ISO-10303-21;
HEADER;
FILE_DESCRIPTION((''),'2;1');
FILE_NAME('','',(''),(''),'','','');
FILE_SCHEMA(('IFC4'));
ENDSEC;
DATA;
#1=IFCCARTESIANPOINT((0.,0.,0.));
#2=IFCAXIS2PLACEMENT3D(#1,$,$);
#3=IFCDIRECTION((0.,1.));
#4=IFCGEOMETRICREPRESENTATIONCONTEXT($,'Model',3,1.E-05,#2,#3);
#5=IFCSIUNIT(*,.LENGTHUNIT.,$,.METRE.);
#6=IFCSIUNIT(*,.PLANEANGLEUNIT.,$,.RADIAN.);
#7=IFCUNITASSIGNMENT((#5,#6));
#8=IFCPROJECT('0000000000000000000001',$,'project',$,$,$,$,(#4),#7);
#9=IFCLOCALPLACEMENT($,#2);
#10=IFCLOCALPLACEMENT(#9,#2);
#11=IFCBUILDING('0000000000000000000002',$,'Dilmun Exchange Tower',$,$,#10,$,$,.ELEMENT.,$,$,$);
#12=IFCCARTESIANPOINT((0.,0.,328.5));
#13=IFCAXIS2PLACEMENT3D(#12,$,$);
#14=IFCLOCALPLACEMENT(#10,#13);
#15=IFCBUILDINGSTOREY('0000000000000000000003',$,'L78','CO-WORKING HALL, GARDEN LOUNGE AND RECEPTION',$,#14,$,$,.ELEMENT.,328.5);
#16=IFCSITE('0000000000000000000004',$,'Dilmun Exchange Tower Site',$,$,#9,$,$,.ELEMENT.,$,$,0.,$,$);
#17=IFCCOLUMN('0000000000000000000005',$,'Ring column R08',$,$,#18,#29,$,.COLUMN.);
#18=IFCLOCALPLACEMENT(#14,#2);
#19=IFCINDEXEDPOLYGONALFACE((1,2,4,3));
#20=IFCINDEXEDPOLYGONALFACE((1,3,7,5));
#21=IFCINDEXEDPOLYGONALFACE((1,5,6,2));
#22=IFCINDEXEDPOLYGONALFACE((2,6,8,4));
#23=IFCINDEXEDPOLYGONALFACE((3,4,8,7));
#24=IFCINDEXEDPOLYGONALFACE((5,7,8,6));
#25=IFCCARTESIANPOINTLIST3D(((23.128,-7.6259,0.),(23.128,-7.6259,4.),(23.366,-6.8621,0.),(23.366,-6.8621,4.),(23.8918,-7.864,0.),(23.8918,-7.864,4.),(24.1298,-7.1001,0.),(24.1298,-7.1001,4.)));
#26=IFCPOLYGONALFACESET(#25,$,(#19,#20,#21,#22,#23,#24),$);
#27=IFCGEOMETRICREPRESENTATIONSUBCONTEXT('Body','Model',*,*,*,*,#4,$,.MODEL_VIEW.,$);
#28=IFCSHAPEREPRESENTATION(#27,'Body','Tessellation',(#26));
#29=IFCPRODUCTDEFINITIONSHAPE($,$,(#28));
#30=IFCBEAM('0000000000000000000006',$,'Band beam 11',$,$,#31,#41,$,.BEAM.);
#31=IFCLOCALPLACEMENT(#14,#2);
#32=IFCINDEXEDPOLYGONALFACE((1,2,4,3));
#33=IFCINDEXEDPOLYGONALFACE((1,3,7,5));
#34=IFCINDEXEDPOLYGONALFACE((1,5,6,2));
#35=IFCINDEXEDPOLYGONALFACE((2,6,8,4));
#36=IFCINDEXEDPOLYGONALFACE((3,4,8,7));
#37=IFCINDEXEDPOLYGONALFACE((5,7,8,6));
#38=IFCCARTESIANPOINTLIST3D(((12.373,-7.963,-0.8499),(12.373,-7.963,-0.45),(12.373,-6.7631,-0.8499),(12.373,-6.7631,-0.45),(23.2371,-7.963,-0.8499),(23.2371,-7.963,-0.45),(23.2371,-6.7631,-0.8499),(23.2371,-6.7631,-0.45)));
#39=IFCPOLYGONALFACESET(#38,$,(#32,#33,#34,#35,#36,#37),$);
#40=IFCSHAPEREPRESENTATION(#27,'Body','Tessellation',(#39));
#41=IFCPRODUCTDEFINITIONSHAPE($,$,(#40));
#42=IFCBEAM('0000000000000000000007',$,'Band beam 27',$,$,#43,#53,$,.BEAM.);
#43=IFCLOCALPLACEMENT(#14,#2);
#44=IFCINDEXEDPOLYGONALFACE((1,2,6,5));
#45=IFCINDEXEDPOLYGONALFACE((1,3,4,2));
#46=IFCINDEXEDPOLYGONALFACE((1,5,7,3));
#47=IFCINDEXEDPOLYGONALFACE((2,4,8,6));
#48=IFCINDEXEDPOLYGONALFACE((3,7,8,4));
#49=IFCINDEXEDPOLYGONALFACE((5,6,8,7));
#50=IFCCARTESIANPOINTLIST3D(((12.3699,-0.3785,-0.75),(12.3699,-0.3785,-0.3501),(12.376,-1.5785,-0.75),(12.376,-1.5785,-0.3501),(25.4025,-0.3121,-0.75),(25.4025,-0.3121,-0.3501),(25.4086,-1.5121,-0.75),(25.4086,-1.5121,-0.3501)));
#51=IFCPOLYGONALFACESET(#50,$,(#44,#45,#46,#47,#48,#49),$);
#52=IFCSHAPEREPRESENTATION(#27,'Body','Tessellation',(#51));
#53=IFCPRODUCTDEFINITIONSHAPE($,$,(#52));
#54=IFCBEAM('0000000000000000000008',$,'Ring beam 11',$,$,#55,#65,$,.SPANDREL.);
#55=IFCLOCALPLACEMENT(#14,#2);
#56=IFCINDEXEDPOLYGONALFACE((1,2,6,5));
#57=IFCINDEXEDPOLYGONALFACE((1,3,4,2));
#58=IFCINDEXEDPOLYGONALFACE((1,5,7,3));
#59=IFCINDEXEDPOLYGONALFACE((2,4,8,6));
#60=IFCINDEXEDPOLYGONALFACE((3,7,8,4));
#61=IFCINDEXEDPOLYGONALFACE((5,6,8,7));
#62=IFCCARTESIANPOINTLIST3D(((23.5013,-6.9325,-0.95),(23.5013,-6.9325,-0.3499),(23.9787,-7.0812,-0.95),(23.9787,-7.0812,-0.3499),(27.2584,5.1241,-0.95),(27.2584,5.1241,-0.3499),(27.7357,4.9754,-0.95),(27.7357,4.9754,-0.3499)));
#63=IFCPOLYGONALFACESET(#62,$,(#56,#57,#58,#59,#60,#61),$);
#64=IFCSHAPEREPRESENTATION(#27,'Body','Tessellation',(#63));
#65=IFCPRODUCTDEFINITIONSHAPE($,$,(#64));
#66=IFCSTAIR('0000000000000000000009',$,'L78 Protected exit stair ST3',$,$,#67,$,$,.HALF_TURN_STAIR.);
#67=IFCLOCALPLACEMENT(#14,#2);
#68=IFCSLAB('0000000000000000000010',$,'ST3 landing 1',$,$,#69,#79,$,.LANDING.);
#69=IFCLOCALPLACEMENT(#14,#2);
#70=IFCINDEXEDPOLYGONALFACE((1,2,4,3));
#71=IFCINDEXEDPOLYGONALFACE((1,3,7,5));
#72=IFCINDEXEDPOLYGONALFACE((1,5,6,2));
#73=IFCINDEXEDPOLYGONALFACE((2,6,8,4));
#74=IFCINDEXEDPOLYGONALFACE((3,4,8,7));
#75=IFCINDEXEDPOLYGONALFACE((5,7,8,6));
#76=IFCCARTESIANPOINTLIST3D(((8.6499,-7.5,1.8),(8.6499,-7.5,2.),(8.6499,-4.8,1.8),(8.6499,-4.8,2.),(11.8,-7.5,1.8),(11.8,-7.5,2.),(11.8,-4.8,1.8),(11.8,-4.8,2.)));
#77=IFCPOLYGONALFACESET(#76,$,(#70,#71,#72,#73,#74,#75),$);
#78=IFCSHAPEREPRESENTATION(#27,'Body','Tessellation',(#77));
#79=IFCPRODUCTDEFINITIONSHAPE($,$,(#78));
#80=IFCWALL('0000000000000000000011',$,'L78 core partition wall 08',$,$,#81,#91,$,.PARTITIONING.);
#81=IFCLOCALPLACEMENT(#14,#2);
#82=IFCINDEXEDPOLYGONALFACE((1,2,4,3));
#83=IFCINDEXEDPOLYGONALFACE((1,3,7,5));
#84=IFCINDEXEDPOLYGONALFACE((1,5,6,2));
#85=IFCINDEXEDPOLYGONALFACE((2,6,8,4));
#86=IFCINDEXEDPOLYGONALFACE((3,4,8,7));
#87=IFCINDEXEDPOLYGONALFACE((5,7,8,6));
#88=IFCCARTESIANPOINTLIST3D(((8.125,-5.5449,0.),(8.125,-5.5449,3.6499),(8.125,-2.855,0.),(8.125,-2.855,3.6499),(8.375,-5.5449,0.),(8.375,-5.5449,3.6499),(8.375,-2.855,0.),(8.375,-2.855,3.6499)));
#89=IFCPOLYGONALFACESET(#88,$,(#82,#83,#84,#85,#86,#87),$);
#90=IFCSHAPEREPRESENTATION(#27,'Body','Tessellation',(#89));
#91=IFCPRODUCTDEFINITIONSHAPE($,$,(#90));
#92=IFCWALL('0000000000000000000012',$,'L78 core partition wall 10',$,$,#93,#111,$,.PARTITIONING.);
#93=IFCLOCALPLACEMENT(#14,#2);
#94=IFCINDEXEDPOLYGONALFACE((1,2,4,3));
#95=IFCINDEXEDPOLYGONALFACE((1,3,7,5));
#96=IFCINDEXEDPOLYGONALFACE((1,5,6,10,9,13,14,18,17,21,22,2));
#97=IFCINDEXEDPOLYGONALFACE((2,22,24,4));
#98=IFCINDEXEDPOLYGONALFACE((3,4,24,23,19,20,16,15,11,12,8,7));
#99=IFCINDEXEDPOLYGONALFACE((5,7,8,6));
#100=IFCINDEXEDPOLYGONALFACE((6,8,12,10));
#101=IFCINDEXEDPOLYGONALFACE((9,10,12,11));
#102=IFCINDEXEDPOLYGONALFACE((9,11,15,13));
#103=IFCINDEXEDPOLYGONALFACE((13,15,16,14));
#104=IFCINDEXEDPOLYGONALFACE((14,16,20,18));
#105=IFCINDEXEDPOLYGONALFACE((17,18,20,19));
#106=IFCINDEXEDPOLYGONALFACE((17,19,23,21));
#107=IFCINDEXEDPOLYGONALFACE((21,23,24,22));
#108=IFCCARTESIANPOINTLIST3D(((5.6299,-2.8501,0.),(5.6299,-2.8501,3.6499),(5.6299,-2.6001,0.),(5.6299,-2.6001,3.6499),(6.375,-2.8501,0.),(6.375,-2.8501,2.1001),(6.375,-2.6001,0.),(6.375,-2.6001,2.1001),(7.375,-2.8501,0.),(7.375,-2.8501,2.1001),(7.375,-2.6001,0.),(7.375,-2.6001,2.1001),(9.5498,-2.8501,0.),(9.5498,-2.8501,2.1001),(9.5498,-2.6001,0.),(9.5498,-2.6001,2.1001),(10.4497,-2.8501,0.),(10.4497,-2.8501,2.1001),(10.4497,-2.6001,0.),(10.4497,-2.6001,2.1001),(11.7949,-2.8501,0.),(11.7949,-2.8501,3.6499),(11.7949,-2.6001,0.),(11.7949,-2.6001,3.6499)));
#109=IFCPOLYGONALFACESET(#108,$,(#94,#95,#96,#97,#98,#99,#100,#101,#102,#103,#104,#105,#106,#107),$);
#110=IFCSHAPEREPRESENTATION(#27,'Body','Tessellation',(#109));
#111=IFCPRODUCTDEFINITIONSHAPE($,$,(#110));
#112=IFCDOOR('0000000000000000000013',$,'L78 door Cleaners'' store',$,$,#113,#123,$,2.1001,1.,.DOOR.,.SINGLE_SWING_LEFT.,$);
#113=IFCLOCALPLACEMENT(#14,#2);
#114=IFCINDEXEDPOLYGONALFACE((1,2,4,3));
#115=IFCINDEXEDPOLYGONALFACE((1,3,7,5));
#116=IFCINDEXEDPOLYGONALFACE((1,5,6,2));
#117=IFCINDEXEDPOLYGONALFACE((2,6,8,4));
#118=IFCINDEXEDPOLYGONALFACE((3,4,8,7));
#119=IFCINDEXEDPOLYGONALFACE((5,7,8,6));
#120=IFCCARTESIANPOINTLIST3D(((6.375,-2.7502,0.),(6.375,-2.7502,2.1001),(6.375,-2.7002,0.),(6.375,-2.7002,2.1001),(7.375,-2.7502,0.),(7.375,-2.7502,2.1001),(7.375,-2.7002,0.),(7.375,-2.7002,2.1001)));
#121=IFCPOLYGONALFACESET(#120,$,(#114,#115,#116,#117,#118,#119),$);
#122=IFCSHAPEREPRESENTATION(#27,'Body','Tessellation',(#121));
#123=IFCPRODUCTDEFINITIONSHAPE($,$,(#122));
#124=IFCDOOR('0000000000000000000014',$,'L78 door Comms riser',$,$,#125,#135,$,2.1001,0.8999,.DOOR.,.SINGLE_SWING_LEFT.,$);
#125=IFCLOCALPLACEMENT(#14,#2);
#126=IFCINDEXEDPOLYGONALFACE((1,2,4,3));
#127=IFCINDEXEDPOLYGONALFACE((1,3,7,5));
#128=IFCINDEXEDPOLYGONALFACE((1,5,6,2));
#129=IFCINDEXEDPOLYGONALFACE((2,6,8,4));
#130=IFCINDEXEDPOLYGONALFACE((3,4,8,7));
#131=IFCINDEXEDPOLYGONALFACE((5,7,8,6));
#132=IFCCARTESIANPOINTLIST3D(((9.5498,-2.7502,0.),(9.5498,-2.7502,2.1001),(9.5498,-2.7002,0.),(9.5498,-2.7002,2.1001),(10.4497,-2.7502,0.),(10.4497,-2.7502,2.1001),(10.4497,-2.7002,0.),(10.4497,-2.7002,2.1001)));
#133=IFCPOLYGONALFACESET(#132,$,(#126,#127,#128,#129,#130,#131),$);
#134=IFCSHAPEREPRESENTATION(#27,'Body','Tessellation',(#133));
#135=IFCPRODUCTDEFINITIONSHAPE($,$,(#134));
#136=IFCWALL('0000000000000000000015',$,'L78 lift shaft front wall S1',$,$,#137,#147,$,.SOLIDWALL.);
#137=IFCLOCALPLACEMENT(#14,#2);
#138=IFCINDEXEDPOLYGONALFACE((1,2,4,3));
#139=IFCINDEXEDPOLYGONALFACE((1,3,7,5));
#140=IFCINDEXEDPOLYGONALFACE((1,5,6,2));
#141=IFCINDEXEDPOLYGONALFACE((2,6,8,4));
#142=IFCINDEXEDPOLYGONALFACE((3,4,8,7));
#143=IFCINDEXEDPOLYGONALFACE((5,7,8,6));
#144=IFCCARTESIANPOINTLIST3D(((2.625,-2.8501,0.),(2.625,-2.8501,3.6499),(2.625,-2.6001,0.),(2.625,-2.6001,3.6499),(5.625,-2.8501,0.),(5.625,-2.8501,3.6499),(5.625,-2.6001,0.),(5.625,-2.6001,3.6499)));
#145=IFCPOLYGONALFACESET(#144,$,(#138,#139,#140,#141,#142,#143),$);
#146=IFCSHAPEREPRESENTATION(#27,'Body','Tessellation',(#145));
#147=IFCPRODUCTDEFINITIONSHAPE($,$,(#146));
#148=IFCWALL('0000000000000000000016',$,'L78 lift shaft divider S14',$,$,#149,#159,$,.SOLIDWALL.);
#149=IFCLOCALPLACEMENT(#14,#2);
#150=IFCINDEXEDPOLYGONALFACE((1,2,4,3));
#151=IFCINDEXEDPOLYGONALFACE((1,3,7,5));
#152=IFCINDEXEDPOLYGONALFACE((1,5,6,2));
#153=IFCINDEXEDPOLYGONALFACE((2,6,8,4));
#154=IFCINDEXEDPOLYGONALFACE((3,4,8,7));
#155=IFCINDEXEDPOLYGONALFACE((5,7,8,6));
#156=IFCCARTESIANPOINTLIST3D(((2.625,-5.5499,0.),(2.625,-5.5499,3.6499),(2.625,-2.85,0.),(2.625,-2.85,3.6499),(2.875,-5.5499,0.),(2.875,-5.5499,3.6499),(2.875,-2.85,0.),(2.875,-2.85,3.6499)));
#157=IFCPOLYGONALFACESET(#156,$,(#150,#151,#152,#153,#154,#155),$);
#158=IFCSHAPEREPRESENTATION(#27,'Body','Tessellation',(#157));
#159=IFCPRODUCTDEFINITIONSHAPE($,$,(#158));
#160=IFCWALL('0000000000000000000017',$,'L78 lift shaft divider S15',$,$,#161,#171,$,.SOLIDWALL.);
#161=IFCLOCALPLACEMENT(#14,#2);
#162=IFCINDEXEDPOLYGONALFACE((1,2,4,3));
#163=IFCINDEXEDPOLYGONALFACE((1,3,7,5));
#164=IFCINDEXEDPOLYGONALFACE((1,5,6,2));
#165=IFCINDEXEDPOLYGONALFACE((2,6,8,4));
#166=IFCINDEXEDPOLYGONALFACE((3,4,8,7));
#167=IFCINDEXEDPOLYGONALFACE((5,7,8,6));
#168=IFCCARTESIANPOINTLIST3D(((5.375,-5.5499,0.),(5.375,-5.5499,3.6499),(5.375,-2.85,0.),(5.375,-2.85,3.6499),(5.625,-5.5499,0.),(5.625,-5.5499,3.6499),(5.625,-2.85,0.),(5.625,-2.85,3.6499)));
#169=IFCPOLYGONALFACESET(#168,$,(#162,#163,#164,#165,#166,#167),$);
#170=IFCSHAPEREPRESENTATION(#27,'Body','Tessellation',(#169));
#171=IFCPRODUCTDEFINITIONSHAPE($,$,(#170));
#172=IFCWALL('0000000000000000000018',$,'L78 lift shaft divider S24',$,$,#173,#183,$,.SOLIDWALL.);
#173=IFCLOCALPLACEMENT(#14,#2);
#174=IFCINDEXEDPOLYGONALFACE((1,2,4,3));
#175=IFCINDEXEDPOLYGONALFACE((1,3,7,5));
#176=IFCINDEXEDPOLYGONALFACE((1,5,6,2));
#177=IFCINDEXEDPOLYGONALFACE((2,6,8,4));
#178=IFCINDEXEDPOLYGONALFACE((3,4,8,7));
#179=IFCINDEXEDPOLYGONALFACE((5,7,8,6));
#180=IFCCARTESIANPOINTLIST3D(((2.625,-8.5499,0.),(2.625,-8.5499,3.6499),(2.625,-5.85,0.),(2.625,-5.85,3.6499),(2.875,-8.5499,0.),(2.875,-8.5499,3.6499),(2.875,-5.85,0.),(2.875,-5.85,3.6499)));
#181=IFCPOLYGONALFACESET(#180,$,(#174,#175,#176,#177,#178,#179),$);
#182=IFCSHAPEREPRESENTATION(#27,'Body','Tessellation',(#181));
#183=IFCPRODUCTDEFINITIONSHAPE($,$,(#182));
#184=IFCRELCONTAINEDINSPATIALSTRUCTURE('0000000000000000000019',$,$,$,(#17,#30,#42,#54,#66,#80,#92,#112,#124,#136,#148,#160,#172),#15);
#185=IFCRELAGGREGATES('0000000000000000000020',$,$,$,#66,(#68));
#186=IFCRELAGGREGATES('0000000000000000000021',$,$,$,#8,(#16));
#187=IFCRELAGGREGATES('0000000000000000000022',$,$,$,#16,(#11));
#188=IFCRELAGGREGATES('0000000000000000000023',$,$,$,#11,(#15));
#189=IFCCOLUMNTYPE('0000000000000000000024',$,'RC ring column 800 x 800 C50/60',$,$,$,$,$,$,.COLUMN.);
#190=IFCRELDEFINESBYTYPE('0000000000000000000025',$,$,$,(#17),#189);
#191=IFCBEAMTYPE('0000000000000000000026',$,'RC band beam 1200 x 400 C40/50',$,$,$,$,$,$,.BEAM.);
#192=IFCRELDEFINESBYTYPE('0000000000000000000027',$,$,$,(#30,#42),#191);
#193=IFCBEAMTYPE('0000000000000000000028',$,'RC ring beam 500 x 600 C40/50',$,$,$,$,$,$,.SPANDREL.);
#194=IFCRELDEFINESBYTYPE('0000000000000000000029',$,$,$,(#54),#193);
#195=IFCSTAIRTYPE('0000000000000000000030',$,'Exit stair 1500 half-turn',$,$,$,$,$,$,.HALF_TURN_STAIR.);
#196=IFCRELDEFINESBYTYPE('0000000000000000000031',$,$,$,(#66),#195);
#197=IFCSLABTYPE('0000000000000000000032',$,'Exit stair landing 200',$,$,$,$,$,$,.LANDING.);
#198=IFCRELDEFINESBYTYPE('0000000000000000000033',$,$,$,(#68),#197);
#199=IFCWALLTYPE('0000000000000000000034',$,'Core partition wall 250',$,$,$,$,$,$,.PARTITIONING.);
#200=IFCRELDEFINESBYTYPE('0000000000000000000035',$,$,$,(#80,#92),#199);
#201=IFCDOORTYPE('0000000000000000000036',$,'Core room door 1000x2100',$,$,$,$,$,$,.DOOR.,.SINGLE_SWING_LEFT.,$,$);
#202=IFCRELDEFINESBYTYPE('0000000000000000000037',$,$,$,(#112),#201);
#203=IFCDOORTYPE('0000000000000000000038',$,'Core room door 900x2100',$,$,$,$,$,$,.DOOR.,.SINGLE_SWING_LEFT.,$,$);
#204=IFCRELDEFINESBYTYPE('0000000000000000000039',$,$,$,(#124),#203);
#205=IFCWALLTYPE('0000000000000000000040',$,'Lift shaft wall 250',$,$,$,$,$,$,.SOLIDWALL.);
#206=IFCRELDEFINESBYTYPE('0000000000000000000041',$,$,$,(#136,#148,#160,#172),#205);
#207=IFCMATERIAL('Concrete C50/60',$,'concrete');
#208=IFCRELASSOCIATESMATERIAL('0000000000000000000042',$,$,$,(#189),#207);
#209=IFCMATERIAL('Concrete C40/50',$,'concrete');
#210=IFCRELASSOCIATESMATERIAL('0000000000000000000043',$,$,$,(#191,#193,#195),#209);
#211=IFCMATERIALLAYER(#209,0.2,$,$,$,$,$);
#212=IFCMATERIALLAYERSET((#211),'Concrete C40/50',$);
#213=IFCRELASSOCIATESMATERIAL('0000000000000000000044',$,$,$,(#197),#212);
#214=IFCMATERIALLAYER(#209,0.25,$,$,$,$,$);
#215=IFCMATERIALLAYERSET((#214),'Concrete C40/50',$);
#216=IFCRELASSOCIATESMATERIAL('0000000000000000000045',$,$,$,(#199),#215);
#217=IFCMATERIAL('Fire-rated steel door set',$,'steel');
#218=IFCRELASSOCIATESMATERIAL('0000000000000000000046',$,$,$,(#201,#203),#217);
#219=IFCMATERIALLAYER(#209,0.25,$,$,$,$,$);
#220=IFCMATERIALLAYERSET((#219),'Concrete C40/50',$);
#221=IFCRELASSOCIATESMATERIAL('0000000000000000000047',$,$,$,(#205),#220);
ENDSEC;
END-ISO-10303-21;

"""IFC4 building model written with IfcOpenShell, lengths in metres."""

from ifc_helpers import new_model, si_unit, direction, frame, frame_2d, origin, origin_2d, place, context, subcontext, project, spatial, polyline, rectangle, outline, extrude, material, layer, layer_set, material_profile, profile_set, type_object, element, fill, aggregate, save


model = new_model("IFC4")

# Units and contexts
model_context = context("Model", 3, precision=1e-05, world=origin(), true_north=direction((0.0, 1.0)))
body_context = subcontext(model_context, "Body", "Model", "MODEL_VIEW")
ifc_project = project(units=[si_unit("LENGTHUNIT", "METRE"), si_unit("PLANEANGLEUNIT", "RADIAN")], contexts=[model_context])

# Site, building, storey
site_placement = place(None, origin())
site = spatial("IfcSite", under=ifc_project, at=site_placement, Name="Dilmun Exchange Tower Site", CompositionType="ELEMENT", RefElevation=0.0)
building_placement = place(site_placement, origin())
building = spatial("IfcBuilding", under=site, at=building_placement, Name="Dilmun Exchange Tower", CompositionType="ELEMENT")
storey_placement = place(building_placement, frame((0.0, 0.0, 328.5)))
storey = spatial("IfcBuildingStorey", under=building, at=storey_placement, Name="L78", Description="CO-WORKING HALL, GARDEN LOUNGE AND RECEPTION", CompositionType="ELEMENT", Elevation=328.5)

# Column
ifc_material_1 = material(Name="Concrete C50/60", Category="concrete")
ifc_material_profile_1 = material_profile(ifc_material_1, rectangle(XDim=0.8, YDim=0.8, at=origin_2d()), Name="800 x 800")
ifc_profile_set_1 = profile_set([ifc_material_profile_1], Name="Concrete C50/60")
column_type = type_object("IfcColumnType", Name="RC ring column 800 x 800 C50/60", PredefinedType="COLUMN", material=ifc_profile_set_1)
column_placement = place(storey_placement, frame((23.6289, -7.363, 0.0), z_axis=(0.0, 0.0, 1.0), x_axis=(0.297503, 0.954721, 0.0)))
element("IfcColumn", 1, at=column_placement, inside=storey, type_object=column_type, Name="Ring column R08", PredefinedType="COLUMN", context=body_context, shape_type="SweptSolid", body=[
    extrude(rectangle(XDim=0.8, YDim=0.8, at=origin_2d()), origin(), (0.0, 0.0, 1.0), 4.0),
])

# Beams
ifc_material_2 = material(Name="Concrete C40/50", Category="concrete")
ifc_material_profile_2 = material_profile(ifc_material_2, rectangle(XDim=1.2, YDim=0.3999, at=origin_2d()), Name="1200 x 400")
ifc_profile_set_2 = profile_set([ifc_material_profile_2], Name="Concrete C40/50")
beam_type_1 = type_object("IfcBeamType", Name="RC band beam 1200 x 400 C40/50", PredefinedType="BEAM", material=ifc_profile_set_2)
beam_1_placement = place(storey_placement, frame((23.2371, -7.363, -0.6499), z_axis=(-1.0, 0.0, 0.0), x_axis=(0.0, -1.0, 0.0)))
element("IfcBeam", 2, at=beam_1_placement, inside=storey, type_object=beam_type_1, Name="Band beam 11", PredefinedType="BEAM", context=body_context, shape_type="SweptSolid", body=[
    extrude(rectangle(XDim=1.2, YDim=0.3999, at=origin_2d()), origin(), (0.0, 0.0, 1.0), 10.864),
])
beam_2_placement = place(storey_placement, frame((25.4055, -0.9121, -0.55), z_axis=(-0.999987, -0.005095, 0.0), x_axis=(0.005095, -0.999987, 0.0)))
element("IfcBeam", 3, at=beam_2_placement, inside=storey, type_object=beam_type_1, Name="Band beam 27", PredefinedType="BEAM", context=body_context, shape_type="SweptSolid", body=[
    extrude(rectangle(XDim=1.2, YDim=0.3999, at=origin_2d()), origin(), (0.0, 0.0, 1.0), 13.0327),
])
ifc_material_profile_3 = material_profile(ifc_material_2, rectangle(XDim=0.5, YDim=0.6001, at=origin_2d()), Name="500 x 600")
ifc_profile_set_3 = profile_set([ifc_material_profile_3], Name="Concrete C40/50")
beam_type_2 = type_object("IfcBeamType", Name="RC ring beam 500 x 600 C40/50", PredefinedType="SPANDREL", material=ifc_profile_set_3)
beam_3_placement = place(storey_placement, frame((23.74, -7.0068, -0.6499), z_axis=(0.297509, 0.954719, 0.0), x_axis=(-0.954719, 0.297509, 0.0)))
element("IfcBeam", 4, at=beam_3_placement, inside=storey, type_object=beam_type_2, Name="Ring beam 11", PredefinedType="SPANDREL", context=body_context, shape_type="SweptSolid", body=[
    extrude(rectangle(XDim=0.5, YDim=0.6001, at=origin_2d()), origin(), (0.0, 0.0, 1.0), 12.6284),
])

# Stair, slab
stair_type = type_object("IfcStairType", Name="Exit stair 1500 half-turn", PredefinedType="HALF_TURN_STAIR", material=ifc_material_2)
stair_placement = place(storey_placement, origin())
stair = element("IfcStair", 5, at=stair_placement, inside=storey, type_object=stair_type, Name="L78 Protected exit stair ST3", PredefinedType="HALF_TURN_STAIR")
ifc_layer_1 = layer(ifc_material_2, 0.2)
ifc_layer_set_1 = layer_set([ifc_layer_1], Name="Concrete C40/50")
slab_type = type_object("IfcSlabType", Name="Exit stair landing 200", PredefinedType="LANDING", material=ifc_layer_set_1)
slab_placement = place(storey_placement, frame((0.0, 0.0, 1.8)))
slab = element("IfcSlab", 6, at=slab_placement, type_object=slab_type, Name="ST3 landing 1", PredefinedType="LANDING", context=body_context, shape_type="SweptSolid", body=[
    extrude(outline(polyline([(11.8, -7.5), (11.8, -4.8), (8.6499, -4.8), (8.6499, -7.5), (11.8, -7.5)])), origin(), (0.0, 0.0, 1.0), 0.2),
])

# Wall
ifc_layer_2 = layer(ifc_material_2, 0.25)
ifc_layer_set_2 = layer_set([ifc_layer_2], Name="Concrete C40/50")
wall_type_1 = type_object("IfcWallType", Name="Core partition wall 250", PredefinedType="PARTITIONING", material=ifc_layer_set_2)
wall_1_placement = place(storey_placement, frame((8.25, -5.5449, 0.0), z_axis=(0.0, 0.0, 1.0), x_axis=(0.0, 1.0, 0.0)))
element("IfcWall", 7, at=wall_1_placement, inside=storey, type_object=wall_type_1, Name="L78 core partition wall 08", PredefinedType="PARTITIONING", context=body_context, shape_type="SweptSolid", body=[
    extrude(rectangle(XDim=2.6899, YDim=0.25, at=frame_2d((1.345, 0.0))), origin(), (0.0, 0.0, 1.0), 3.6499),
])

# Wall, openings, doors
wall_2_placement = place(storey_placement, frame((5.6299, -2.7251, 0.0), z_axis=(0.0, 0.0, 1.0), x_axis=(1.0, 0.0, 0.0)))
wall_2 = element("IfcWall", 8, at=wall_2_placement, inside=storey, type_object=wall_type_1, Name="L78 core partition wall 10", PredefinedType="PARTITIONING", context=body_context, shape_type="SweptSolid", body=[
    extrude(rectangle(XDim=6.165, YDim=0.25, at=frame_2d((3.0825, 0.0))), origin(), (0.0, 0.0, 1.0), 3.6499),
])
opening_1_placement = place(wall_2_placement, frame((0.7451, 0.0, 0.0)))
opening_1 = element("IfcOpeningElement", 9, at=opening_1_placement, cuts=wall_2, PredefinedType="OPENING", context=body_context, shape_type="SweptSolid", body=[
    extrude(rectangle(XDim=1.0, YDim=2.1001, at=frame_2d((0.5, 1.05))), frame((0.0, 0.135, 0.0), z_axis=(0.0, -1.0, 0.0), x_axis=(1.0, 0.0, 0.0)), (0.0, 0.0, 1.0), 0.27),
])
opening_2_placement = place(wall_2_placement, frame((3.9199, 0.0, 0.0)))
opening_2 = element("IfcOpeningElement", 10, at=opening_2_placement, cuts=wall_2, PredefinedType="OPENING", context=body_context, shape_type="SweptSolid", body=[
    extrude(rectangle(XDim=0.8999, YDim=2.1001, at=frame_2d((0.45, 1.05))), frame((0.0, 0.135, 0.0), z_axis=(0.0, -1.0, 0.0), x_axis=(1.0, 0.0, 0.0)), (0.0, 0.0, 1.0), 0.27),
])
ifc_material_3 = material(Name="Fire-rated steel door set", Category="steel")
door_type_1 = type_object("IfcDoorType", Name="Core room door 1000x2100", OperationType="SINGLE_SWING_LEFT", PredefinedType="DOOR", material=ifc_material_3)
door_1_placement = place(opening_1_placement, origin())
door_1 = element("IfcDoor", 11, at=door_1_placement, inside=storey, type_object=door_type_1, Name="L78 door Cleaners' store", OperationType="SINGLE_SWING_LEFT", OverallHeight=2.1001, OverallWidth=1.0, PredefinedType="DOOR", context=body_context, shape_type="SweptSolid", body=[
    extrude(rectangle(XDim=1.0, YDim=2.1001, at=frame_2d((0.5, 1.05))), frame((0.0, 0.0249, 0.0), z_axis=(0.0, -1.0, 0.0), x_axis=(1.0, 0.0, 0.0)), (0.0, 0.0, 1.0), 0.05),
])
fill(opening_1, door_1)
door_type_2 = type_object("IfcDoorType", Name="Core room door 900x2100", OperationType="SINGLE_SWING_LEFT", PredefinedType="DOOR", material=ifc_material_3)
door_2_placement = place(opening_2_placement, origin())
door_2 = element("IfcDoor", 12, at=door_2_placement, inside=storey, type_object=door_type_2, Name="L78 door Comms riser", OperationType="SINGLE_SWING_LEFT", OverallHeight=2.1001, OverallWidth=0.8999, PredefinedType="DOOR", context=body_context, shape_type="SweptSolid", body=[
    extrude(rectangle(XDim=0.8999, YDim=2.1001, at=frame_2d((0.45, 1.05))), frame((0.0, 0.0249, 0.0), z_axis=(0.0, -1.0, 0.0), x_axis=(1.0, 0.0, 0.0)), (0.0, 0.0, 1.0), 0.05),
])
fill(opening_2, door_2)

# Walls
ifc_layer_3 = layer(ifc_material_2, 0.25)
ifc_layer_set_3 = layer_set([ifc_layer_3], Name="Concrete C40/50")
wall_type_2 = type_object("IfcWallType", Name="Lift shaft wall 250", PredefinedType="SOLIDWALL", material=ifc_layer_set_3)
wall_3_placement = place(storey_placement, frame((2.625, -2.7251, 0.0), z_axis=(0.0, 0.0, 1.0), x_axis=(1.0, 0.0, 0.0)))
element("IfcWall", 13, at=wall_3_placement, inside=storey, type_object=wall_type_2, Name="L78 lift shaft front wall S1", PredefinedType="SOLIDWALL", context=body_context, shape_type="SweptSolid", body=[
    extrude(rectangle(XDim=3.0, YDim=0.25, at=frame_2d((1.5, 0.0))), origin(), (0.0, 0.0, 1.0), 3.6499),
])
for number, where, z_axis, x_axis, name in (
    (14, (2.75, -5.55, 0.0), (0.0, 0.0, 1.0), (0.0, 1.0, 0.0), "L78 lift shaft divider S14"),
    (15, (5.5, -5.55, 0.0), (0.0, 0.0, 1.0), (0.0, 1.0, 0.0), "L78 lift shaft divider S15"),
    (16, (2.75, -8.55, 0.0), (0.0, 0.0, 1.0), (0.0, 1.0, 0.0), "L78 lift shaft divider S24"),
):
    element("IfcWall", number, at=place(storey_placement, frame(where, z_axis=z_axis, x_axis=x_axis)), inside=storey, type_object=wall_type_2, Name=name, PredefinedType="SOLIDWALL", context=body_context, shape_type="SweptSolid", body=[
        extrude(rectangle(XDim=2.7, YDim=0.25, at=frame_2d((1.3501, 0.0))), origin(), (0.0, 0.0, 1.0), 3.6499),
    ])

aggregate(stair, [slab])

save(model, "model.ifc")
